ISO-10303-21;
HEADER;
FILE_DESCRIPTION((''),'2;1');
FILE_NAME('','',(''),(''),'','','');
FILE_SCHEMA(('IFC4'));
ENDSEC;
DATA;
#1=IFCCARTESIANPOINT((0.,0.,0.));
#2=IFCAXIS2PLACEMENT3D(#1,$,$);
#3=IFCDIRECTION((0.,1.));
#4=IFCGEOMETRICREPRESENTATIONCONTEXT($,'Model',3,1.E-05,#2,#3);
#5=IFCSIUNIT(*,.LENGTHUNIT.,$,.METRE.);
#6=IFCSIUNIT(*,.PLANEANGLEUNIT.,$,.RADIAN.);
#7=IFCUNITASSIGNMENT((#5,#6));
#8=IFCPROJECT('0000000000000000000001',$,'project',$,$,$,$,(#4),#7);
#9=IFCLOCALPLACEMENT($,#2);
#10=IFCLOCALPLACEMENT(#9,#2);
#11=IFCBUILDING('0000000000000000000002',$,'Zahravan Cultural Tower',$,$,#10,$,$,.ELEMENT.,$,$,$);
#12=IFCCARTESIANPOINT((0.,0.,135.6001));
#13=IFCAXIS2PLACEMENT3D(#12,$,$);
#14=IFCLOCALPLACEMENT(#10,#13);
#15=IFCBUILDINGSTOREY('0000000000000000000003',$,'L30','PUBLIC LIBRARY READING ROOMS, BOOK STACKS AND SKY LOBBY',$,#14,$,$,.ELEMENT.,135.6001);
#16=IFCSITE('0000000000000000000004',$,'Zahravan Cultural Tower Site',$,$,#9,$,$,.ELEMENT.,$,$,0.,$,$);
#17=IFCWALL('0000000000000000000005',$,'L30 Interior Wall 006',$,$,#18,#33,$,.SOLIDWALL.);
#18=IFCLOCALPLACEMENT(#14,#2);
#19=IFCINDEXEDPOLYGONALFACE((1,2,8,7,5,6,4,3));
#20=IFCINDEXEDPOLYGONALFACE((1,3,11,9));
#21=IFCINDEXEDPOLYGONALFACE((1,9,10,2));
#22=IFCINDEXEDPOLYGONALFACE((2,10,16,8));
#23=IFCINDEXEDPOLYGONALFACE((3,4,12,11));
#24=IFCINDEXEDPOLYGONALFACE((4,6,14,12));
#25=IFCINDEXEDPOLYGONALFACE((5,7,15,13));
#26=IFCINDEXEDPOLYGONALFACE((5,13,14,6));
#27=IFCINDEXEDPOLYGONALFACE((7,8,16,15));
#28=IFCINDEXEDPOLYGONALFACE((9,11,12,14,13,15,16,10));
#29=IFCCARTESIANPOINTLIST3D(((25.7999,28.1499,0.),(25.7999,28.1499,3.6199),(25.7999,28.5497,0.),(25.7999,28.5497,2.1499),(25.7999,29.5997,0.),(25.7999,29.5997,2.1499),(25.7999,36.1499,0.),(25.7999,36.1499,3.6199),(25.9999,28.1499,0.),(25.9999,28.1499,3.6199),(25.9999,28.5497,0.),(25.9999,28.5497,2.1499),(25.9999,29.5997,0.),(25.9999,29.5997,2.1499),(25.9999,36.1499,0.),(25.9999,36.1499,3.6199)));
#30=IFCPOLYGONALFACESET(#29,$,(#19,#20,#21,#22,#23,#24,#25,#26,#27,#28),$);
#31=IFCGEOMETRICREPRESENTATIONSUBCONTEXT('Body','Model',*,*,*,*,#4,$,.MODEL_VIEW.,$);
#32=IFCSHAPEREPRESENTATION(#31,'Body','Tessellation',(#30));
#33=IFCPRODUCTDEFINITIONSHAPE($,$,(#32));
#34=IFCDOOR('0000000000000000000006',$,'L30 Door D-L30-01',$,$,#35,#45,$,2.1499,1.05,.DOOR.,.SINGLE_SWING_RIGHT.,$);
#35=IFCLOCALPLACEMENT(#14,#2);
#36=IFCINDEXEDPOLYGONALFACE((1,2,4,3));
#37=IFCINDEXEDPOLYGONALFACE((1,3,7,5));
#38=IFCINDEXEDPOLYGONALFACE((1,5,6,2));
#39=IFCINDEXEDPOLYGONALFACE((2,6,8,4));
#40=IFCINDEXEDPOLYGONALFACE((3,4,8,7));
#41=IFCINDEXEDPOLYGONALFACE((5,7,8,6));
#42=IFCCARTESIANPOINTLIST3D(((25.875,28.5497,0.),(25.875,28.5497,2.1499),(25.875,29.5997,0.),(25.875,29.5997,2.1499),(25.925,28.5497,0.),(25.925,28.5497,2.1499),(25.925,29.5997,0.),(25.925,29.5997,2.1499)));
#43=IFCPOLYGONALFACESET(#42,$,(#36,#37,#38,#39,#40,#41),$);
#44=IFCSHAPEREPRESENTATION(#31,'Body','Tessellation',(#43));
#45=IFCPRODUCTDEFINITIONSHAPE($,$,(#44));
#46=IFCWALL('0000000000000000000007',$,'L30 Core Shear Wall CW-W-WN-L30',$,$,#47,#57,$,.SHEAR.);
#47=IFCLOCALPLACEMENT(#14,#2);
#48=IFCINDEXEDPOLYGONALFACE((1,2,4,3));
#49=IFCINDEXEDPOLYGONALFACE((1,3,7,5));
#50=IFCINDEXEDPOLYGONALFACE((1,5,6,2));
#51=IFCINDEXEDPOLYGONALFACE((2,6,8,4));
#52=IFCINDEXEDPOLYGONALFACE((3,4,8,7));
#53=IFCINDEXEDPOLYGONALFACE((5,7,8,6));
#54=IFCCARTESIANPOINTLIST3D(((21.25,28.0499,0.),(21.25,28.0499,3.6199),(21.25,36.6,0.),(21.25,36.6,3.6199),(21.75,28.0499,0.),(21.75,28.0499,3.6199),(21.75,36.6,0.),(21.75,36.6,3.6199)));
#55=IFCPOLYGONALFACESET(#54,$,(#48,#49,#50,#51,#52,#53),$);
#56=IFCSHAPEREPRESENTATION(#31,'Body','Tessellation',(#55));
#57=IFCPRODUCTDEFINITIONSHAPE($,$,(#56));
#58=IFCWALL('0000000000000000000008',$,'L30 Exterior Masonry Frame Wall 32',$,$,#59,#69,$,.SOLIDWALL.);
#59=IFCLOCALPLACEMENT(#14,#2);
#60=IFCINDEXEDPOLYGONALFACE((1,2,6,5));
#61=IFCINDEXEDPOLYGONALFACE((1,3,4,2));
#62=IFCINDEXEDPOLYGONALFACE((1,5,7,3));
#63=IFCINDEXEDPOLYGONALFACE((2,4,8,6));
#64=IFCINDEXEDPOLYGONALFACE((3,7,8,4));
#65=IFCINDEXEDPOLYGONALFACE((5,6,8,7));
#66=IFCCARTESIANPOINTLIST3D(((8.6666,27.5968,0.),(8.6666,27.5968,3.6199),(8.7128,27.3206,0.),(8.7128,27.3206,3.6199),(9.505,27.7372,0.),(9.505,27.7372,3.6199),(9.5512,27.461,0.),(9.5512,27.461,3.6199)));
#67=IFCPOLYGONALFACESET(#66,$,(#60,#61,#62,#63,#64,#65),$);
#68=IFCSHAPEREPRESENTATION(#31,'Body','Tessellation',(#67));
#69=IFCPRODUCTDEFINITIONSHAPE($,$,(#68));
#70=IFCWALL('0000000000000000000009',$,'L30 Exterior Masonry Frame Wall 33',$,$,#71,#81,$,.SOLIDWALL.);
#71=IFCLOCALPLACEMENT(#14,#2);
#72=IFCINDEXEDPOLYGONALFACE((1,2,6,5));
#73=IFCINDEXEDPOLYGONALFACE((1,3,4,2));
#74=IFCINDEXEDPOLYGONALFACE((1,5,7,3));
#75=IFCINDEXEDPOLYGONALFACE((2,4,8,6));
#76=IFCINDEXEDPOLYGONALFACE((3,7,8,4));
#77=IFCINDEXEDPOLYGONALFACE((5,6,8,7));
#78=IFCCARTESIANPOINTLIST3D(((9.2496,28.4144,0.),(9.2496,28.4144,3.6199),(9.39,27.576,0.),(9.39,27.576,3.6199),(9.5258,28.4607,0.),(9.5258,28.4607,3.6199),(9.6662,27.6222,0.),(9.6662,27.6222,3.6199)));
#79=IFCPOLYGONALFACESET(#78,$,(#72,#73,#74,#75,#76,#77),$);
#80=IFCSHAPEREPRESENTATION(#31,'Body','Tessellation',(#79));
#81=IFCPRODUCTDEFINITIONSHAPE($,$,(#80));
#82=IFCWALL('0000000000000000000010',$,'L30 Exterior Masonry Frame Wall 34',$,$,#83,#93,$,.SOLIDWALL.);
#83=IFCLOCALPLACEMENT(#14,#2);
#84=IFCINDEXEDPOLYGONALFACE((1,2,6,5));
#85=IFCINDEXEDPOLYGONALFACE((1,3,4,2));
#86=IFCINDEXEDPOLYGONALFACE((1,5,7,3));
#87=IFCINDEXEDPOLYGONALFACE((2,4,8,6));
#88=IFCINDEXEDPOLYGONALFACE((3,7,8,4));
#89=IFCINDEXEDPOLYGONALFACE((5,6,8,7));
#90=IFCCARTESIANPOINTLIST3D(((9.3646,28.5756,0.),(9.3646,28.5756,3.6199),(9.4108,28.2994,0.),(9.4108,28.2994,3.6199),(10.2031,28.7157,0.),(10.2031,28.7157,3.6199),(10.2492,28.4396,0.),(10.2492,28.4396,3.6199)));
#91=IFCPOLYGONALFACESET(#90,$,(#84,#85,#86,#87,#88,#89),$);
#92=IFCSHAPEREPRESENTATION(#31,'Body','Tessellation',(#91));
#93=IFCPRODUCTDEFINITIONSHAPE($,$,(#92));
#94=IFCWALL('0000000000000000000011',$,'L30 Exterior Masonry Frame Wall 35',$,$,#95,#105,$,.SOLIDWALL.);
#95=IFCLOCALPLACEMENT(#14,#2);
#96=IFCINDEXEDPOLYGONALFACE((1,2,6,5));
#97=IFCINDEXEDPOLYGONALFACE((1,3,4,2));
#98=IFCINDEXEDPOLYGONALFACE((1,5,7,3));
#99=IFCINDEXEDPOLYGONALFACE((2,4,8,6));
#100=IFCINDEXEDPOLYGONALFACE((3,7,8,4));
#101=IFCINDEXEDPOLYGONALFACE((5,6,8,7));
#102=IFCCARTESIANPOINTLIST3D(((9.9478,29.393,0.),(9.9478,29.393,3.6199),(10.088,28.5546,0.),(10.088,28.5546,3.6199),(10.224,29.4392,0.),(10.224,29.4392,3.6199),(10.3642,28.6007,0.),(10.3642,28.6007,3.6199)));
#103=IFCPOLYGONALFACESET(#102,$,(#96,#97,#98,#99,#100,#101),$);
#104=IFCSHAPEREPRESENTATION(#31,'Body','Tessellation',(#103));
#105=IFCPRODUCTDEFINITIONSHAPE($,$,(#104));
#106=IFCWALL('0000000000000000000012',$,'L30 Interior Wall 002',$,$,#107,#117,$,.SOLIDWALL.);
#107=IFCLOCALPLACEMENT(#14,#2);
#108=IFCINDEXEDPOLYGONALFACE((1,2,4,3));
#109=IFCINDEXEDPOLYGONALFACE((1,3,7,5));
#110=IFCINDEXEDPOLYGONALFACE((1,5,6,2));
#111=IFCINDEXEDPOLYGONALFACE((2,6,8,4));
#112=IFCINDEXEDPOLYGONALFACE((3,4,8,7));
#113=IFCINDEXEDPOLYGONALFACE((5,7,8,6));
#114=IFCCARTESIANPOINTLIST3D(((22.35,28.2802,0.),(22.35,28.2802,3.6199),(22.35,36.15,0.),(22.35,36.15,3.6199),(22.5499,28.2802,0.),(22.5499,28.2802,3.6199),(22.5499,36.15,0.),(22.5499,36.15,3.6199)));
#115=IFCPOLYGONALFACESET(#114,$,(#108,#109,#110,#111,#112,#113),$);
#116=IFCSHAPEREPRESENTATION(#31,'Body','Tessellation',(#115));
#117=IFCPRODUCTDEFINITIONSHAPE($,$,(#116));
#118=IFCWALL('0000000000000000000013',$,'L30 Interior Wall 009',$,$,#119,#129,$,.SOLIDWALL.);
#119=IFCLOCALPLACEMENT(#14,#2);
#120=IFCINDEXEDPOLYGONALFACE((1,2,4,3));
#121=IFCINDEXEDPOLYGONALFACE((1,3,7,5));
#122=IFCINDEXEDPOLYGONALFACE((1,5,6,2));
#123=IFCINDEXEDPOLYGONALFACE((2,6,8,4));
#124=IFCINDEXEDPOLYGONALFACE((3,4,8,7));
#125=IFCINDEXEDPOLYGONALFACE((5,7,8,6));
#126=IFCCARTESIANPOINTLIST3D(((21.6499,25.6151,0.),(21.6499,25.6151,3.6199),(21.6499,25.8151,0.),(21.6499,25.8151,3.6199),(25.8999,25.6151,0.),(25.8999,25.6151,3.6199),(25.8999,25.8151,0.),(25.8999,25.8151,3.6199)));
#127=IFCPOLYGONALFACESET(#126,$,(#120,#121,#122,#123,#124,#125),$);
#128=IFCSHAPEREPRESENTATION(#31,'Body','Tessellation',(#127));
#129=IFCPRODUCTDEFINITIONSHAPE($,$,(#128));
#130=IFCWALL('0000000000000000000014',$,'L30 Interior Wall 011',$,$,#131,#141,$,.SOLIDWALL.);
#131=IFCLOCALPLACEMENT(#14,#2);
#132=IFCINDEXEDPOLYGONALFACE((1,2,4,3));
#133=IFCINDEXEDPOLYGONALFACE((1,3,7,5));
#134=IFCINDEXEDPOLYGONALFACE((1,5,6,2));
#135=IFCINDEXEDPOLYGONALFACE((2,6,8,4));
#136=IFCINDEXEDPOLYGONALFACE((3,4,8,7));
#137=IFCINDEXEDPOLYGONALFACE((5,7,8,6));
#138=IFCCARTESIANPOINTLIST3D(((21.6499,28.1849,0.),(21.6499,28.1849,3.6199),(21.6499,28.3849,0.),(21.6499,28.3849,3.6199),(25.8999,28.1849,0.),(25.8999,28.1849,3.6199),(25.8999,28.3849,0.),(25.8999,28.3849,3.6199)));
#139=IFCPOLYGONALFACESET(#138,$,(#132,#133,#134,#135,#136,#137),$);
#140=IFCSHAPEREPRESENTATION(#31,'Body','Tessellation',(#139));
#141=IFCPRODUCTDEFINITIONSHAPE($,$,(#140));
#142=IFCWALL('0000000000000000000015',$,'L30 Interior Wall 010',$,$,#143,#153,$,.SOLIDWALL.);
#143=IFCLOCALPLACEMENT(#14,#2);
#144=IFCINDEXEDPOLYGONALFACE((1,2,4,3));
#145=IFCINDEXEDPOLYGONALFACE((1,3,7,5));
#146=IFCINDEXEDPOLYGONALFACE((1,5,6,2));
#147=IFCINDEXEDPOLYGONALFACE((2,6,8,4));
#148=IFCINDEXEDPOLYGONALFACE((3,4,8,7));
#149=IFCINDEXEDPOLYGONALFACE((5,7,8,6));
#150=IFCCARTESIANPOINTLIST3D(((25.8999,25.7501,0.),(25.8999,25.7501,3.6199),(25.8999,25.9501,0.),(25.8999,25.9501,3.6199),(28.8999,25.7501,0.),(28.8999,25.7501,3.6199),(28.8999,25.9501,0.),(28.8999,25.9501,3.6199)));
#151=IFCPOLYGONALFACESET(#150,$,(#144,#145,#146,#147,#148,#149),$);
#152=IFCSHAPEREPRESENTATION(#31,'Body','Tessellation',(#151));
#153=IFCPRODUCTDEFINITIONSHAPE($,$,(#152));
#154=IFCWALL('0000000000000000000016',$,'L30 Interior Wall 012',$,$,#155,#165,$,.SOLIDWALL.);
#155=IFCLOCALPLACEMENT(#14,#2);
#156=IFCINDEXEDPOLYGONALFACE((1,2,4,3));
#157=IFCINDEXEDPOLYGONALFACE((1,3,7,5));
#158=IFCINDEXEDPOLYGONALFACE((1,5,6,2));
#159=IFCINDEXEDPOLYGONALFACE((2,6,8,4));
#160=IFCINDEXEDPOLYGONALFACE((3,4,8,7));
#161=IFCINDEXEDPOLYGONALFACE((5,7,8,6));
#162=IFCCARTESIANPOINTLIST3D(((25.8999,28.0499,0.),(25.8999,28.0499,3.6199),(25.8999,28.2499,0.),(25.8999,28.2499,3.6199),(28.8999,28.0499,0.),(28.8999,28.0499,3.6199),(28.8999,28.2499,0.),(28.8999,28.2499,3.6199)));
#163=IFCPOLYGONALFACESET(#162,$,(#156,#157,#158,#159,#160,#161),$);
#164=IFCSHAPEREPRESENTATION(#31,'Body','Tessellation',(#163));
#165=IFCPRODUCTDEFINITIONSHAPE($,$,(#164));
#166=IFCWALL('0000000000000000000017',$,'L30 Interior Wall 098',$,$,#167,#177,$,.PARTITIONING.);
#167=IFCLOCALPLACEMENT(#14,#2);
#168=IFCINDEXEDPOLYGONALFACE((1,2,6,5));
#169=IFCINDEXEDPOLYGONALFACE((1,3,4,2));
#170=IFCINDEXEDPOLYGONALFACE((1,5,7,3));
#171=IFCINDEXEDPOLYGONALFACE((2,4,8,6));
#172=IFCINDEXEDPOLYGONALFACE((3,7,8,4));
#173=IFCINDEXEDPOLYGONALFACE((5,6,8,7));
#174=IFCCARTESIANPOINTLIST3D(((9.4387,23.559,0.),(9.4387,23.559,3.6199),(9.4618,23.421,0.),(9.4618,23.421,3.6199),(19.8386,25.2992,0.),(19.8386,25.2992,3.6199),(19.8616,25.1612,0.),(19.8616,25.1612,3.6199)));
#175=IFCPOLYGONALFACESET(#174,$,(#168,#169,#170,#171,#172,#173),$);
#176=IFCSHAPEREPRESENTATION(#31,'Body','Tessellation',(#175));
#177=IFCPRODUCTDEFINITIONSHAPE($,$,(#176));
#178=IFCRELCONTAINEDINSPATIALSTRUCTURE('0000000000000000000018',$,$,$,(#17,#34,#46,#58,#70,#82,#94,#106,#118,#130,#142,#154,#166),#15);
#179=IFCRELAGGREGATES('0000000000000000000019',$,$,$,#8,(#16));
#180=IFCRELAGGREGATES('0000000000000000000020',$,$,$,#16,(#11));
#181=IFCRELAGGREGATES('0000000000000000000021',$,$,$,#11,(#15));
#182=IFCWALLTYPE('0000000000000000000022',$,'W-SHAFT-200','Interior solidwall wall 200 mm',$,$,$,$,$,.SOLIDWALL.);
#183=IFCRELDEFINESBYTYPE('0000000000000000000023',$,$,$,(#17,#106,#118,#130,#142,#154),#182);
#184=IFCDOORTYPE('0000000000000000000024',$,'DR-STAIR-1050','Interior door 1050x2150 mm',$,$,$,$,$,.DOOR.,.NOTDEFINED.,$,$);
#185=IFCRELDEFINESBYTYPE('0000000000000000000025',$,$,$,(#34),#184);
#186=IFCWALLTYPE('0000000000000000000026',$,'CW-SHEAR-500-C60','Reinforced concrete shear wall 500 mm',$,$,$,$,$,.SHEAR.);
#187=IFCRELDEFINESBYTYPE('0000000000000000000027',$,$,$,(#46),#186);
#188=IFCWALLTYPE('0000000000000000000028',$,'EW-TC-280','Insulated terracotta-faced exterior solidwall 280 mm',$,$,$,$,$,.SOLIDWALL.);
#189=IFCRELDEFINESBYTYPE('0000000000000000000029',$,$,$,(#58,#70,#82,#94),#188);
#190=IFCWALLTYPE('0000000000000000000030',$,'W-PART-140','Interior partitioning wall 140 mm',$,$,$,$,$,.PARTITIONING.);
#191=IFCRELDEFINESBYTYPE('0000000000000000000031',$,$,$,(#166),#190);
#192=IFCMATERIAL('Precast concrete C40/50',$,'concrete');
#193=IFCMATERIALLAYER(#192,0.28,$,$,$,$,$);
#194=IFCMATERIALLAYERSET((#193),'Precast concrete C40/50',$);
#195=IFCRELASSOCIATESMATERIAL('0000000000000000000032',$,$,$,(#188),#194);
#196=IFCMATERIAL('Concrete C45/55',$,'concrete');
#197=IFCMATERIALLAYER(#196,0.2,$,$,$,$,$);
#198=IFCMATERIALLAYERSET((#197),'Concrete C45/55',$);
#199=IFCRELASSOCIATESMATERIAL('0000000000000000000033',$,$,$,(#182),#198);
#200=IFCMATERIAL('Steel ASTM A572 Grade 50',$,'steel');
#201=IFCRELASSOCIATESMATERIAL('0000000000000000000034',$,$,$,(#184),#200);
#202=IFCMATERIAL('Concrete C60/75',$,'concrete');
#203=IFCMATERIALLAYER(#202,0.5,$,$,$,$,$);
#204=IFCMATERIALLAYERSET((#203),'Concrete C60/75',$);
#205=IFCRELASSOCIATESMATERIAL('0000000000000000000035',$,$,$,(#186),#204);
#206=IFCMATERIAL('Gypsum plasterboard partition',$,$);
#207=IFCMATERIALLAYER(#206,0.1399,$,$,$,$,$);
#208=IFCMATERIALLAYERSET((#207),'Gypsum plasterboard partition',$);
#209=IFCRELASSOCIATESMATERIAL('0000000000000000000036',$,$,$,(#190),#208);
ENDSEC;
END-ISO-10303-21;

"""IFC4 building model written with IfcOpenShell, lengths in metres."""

from ifc_helpers import new_model, si_unit, direction, frame, frame_2d, origin, place, context, subcontext, project, spatial, rectangle, extrude, source, transform, mapped, material, layer, layer_set, type_object, element, fill, save


model = new_model("IFC4")

# Units and contexts
model_context = context("Model", 3, precision=1e-05, world=origin(), true_north=direction((0.0, 1.0)))
body_context = subcontext(model_context, "Body", "Model", "MODEL_VIEW")
ifc_project = project(units=[si_unit("LENGTHUNIT", "METRE"), si_unit("PLANEANGLEUNIT", "RADIAN")], contexts=[model_context])

# Site, building, storey
site_placement = place(None, origin())
site = spatial("IfcSite", under=ifc_project, at=site_placement, Name="Zahravan Cultural Tower Site", CompositionType="ELEMENT", RefElevation=0.0)
building_placement = place(site_placement, origin())
building = spatial("IfcBuilding", under=site, at=building_placement, Name="Zahravan Cultural Tower", CompositionType="ELEMENT")
storey_placement = place(building_placement, frame((0.0, 0.0, 135.6001)))
storey = spatial("IfcBuildingStorey", under=building, at=storey_placement, Name="L30", Description="PUBLIC LIBRARY READING ROOMS, BOOK STACKS AND SKY LOBBY", CompositionType="ELEMENT", Elevation=135.6001)

# Shared definitions
ifc_material_1 = material(Name="Precast concrete C40/50", Category="concrete")
ifc_layer_1 = layer(ifc_material_1, 0.28)
ifc_layer_set_1 = layer_set([ifc_layer_1], Name="Precast concrete C40/50")
wall_type_1 = type_object("IfcWallType", Name="EW-TC-280", Description="Insulated terracotta-faced exterior solidwall 280 mm", PredefinedType="SOLIDWALL", material=ifc_layer_set_1)

# Wall, opening, door
ifc_material_2 = material(Name="Concrete C45/55", Category="concrete")
ifc_layer_2 = layer(ifc_material_2, 0.2)
ifc_layer_set_2 = layer_set([ifc_layer_2], Name="Concrete C45/55")
wall_type_2 = type_object("IfcWallType", Name="W-SHAFT-200", Description="Interior solidwall wall 200 mm", PredefinedType="SOLIDWALL", material=ifc_layer_set_2)
wall_1_placement = place(storey_placement, frame((25.8999, 28.1499, 0.0), z_axis=(0.0, 0.0, 1.0), x_axis=(0.0, 1.0, 0.0)))
wall_1 = element("IfcWall", 1, at=wall_1_placement, inside=storey, type_object=wall_type_2, Name="L30 Interior Wall 006", PredefinedType="SOLIDWALL", context=body_context, shape_type="SweptSolid", body=[
    extrude(rectangle(XDim=8.0, YDim=0.2, at=frame_2d((4.0, 0.0))), origin(), (0.0, 0.0, 1.0), 3.6199),
])
opening_1_placement = place(wall_1_placement, frame((0.3999, 0.0, 0.0)))
opening_1 = element("IfcOpeningElement", 2, at=opening_1_placement, cuts=wall_1, PredefinedType="OPENING", context=body_context, shape_type="SweptSolid", body=[
    extrude(rectangle(XDim=1.05, YDim=2.1499, at=frame_2d((0.5249, 1.075))), frame((0.0, 0.1099, 0.0), z_axis=(0.0, -1.0, 0.0), x_axis=(1.0, 0.0, 0.0)), (0.0, 0.0, 1.0), 0.22),
])
ifc_material_3 = material(Name="Steel ASTM A572 Grade 50", Category="steel")
door_type = type_object("IfcDoorType", Name="DR-STAIR-1050", Description="Interior door 1050x2150 mm", OperationType="NOTDEFINED", PredefinedType="DOOR", material=ifc_material_3)
shared_shape_1 = source(origin(), body_context, "Body", "SweptSolid", [
    extrude(rectangle(XDim=1.05, YDim=2.1499, at=frame_2d((0.5249, 1.075))), frame((0.0, 0.0249, 0.0), z_axis=(0.0, -1.0, 0.0), x_axis=(1.0, 0.0, 0.0)), (0.0, 0.0, 1.0), 0.05),
])
door_placement = place(opening_1_placement, origin())
door = element("IfcDoor", 3, at=door_placement, inside=storey, type_object=door_type, Name="L30 Door D-L30-01", OperationType="SINGLE_SWING_RIGHT", OverallHeight=2.1499, OverallWidth=1.05, PredefinedType="DOOR", context=body_context, shape_type="MappedRepresentation", body=[
    mapped(shared_shape_1, transform((0.0, 0.0, 0.0), x_axis=(1.0, 0.0, 0.0), y_axis=(0.0, 1.0, 0.0), z_axis=(0.0, 0.0, 1.0), scale=1.0)),
])
fill(opening_1, door)

# Walls
ifc_material_4 = material(Name="Concrete C60/75", Category="concrete")
ifc_layer_3 = layer(ifc_material_4, 0.5)
ifc_layer_set_3 = layer_set([ifc_layer_3], Name="Concrete C60/75")
wall_type_3 = type_object("IfcWallType", Name="CW-SHEAR-500-C60", Description="Reinforced concrete shear wall 500 mm", PredefinedType="SHEAR", material=ifc_layer_set_3)
shared_shape_2 = source(origin(), body_context, "Body", "SweptSolid", [
    extrude(rectangle(XDim=8.55, YDim=0.5, at=frame_2d((4.2749, 0.0))), origin(), (0.0, 0.0, 1.0), 3.6199),
])
wall_2_placement = place(storey_placement, frame((21.5, 28.05, 0.0), z_axis=(0.0, 0.0, 1.0), x_axis=(0.0, 1.0, 0.0)))
element("IfcWall", 4, at=wall_2_placement, inside=storey, type_object=wall_type_3, Name="L30 Core Shear Wall CW-W-WN-L30", PredefinedType="SHEAR", context=body_context, shape_type="MappedRepresentation", body=[
    mapped(shared_shape_2, transform((0.0, 0.0, 0.0), x_axis=(1.0, 0.0, 0.0), y_axis=(0.0, 1.0, 0.0), z_axis=(0.0, 0.0, 1.0), scale=1.0)),
])
shared_shape_3 = source(origin(), body_context, "Body", "SweptSolid", [
    extrude(rectangle(XDim=0.8501, YDim=0.28, at=frame_2d((0.425, 0.0))), origin(), (0.0, 0.0, 1.0), 3.6199),
])
for number, where, z_axis, x_axis, name in (
    (5, (8.6897, 27.4587, 0.0), (0.0, 0.0, 1.0), (0.986269, 0.165144, 0.0), "L30 Exterior Masonry Frame Wall 32"),
    (6, (9.5281, 27.5991, 0.0), (0.0, 0.0, 1.0), (-0.165144, 0.986269, 0.0), "L30 Exterior Masonry Frame Wall 33"),
    (7, (9.3877, 28.4375, 0.0), (0.0, 0.0, 1.0), (0.986316, 0.164865, 0.0), "L30 Exterior Masonry Frame Wall 34"),
    (8, (10.2261, 28.5776, 0.0), (0.0, 0.0, 1.0), (-0.164865, 0.986316, 0.0), "L30 Exterior Masonry Frame Wall 35"),
):
    element("IfcWall", number, at=place(storey_placement, frame(where, z_axis=z_axis, x_axis=x_axis)), inside=storey, type_object=wall_type_1, Name=name, PredefinedType="SOLIDWALL", context=body_context, shape_type="MappedRepresentation", body=[
        mapped(shared_shape_3, transform((0.0, 0.0, 0.0), x_axis=(1.0, 0.0, 0.0), y_axis=(0.0, 1.0, 0.0), z_axis=(0.0, 0.0, 1.0), scale=1.0)),
    ])
shared_shape_4 = source(origin(), body_context, "Body", "SweptSolid", [
    extrude(rectangle(XDim=7.8699, YDim=0.2, at=frame_2d((3.9351, 0.0))), origin(), (0.0, 0.0, 1.0), 3.6199),
])
wall_3_placement = place(storey_placement, frame((22.45, 28.28, 0.0), z_axis=(0.0, 0.0, 1.0), x_axis=(0.0, 1.0, 0.0)))
element("IfcWall", 9, at=wall_3_placement, inside=storey, type_object=wall_type_2, Name="L30 Interior Wall 002", PredefinedType="SOLIDWALL", context=body_context, shape_type="MappedRepresentation", body=[
    mapped(shared_shape_4, transform((0.0, 0.0, 0.0), x_axis=(1.0, 0.0, 0.0), y_axis=(0.0, 1.0, 0.0), z_axis=(0.0, 0.0, 1.0), scale=1.0)),
])
shared_shape_5 = source(origin(), body_context, "Body", "SweptSolid", [
    extrude(rectangle(XDim=4.25, YDim=0.2, at=frame_2d((2.125, 0.0))), origin(), (0.0, 0.0, 1.0), 3.6199),
])
for number, where, z_axis, x_axis, name in (
    (10, (21.6499, 25.7151, 0.0), (0.0, 0.0, 1.0), (1.0, 0.0, 0.0), "L30 Interior Wall 009"),
    (11, (21.6499, 28.2849, 0.0), (0.0, 0.0, 1.0), (1.0, 0.0, 0.0), "L30 Interior Wall 011"),
):
    element("IfcWall", number, at=place(storey_placement, frame(where, z_axis=z_axis, x_axis=x_axis)), inside=storey, type_object=wall_type_2, Name=name, PredefinedType="SOLIDWALL", context=body_context, shape_type="MappedRepresentation", body=[
        mapped(shared_shape_5, transform((0.0, 0.0, 0.0), x_axis=(1.0, 0.0, 0.0), y_axis=(0.0, 1.0, 0.0), z_axis=(0.0, 0.0, 1.0), scale=1.0)),
    ])
shared_shape_6 = source(origin(), body_context, "Body", "SweptSolid", [
    extrude(rectangle(XDim=3.0, YDim=0.2, at=frame_2d((1.5, 0.0))), origin(), (0.0, 0.0, 1.0), 3.6199),
])
for number, where, z_axis, x_axis, name in (
    (12, (25.8999, 25.8501, 0.0), (0.0, 0.0, 1.0), (1.0, 0.0, 0.0), "L30 Interior Wall 010"),
    (13, (25.8999, 28.1499, 0.0), (0.0, 0.0, 1.0), (1.0, 0.0, 0.0), "L30 Interior Wall 012"),
):
    element("IfcWall", number, at=place(storey_placement, frame(where, z_axis=z_axis, x_axis=x_axis)), inside=storey, type_object=wall_type_2, Name=name, PredefinedType="SOLIDWALL", context=body_context, shape_type="MappedRepresentation", body=[
        mapped(shared_shape_6, transform((0.0, 0.0, 0.0), x_axis=(1.0, 0.0, 0.0), y_axis=(0.0, 1.0, 0.0), z_axis=(0.0, 0.0, 1.0), scale=1.0)),
    ])
ifc_material_5 = material(Name="Gypsum plasterboard partition")
ifc_layer_4 = layer(ifc_material_5, 0.1399)
ifc_layer_set_4 = layer_set([ifc_layer_4], Name="Gypsum plasterboard partition")
wall_type_4 = type_object("IfcWallType", Name="W-PART-140", Description="Interior partitioning wall 140 mm", PredefinedType="PARTITIONING", material=ifc_layer_set_4)
shared_shape_7 = source(origin(), body_context, "Body", "SweptSolid", [
    extrude(rectangle(XDim=10.5444, YDim=0.1399, at=frame_2d((5.2722, 0.0))), origin(), (0.0, 0.0, 1.0), 3.6199),
])
wall_4_placement = place(storey_placement, frame((19.8501, 25.2302, 0.0), z_axis=(0.0, 0.0, 1.0), x_axis=(-0.986287, -0.165037, 0.0)))
element("IfcWall", 14, at=wall_4_placement, inside=storey, type_object=wall_type_4, Name="L30 Interior Wall 098", PredefinedType="PARTITIONING", context=body_context, shape_type="MappedRepresentation", body=[
    mapped(shared_shape_7, transform((0.0, 0.0, 0.0), x_axis=(1.0, 0.0, 0.0), y_axis=(0.0, 1.0, 0.0), z_axis=(0.0, 0.0, 1.0), scale=1.0)),
])

save(model, "model.ifc")
